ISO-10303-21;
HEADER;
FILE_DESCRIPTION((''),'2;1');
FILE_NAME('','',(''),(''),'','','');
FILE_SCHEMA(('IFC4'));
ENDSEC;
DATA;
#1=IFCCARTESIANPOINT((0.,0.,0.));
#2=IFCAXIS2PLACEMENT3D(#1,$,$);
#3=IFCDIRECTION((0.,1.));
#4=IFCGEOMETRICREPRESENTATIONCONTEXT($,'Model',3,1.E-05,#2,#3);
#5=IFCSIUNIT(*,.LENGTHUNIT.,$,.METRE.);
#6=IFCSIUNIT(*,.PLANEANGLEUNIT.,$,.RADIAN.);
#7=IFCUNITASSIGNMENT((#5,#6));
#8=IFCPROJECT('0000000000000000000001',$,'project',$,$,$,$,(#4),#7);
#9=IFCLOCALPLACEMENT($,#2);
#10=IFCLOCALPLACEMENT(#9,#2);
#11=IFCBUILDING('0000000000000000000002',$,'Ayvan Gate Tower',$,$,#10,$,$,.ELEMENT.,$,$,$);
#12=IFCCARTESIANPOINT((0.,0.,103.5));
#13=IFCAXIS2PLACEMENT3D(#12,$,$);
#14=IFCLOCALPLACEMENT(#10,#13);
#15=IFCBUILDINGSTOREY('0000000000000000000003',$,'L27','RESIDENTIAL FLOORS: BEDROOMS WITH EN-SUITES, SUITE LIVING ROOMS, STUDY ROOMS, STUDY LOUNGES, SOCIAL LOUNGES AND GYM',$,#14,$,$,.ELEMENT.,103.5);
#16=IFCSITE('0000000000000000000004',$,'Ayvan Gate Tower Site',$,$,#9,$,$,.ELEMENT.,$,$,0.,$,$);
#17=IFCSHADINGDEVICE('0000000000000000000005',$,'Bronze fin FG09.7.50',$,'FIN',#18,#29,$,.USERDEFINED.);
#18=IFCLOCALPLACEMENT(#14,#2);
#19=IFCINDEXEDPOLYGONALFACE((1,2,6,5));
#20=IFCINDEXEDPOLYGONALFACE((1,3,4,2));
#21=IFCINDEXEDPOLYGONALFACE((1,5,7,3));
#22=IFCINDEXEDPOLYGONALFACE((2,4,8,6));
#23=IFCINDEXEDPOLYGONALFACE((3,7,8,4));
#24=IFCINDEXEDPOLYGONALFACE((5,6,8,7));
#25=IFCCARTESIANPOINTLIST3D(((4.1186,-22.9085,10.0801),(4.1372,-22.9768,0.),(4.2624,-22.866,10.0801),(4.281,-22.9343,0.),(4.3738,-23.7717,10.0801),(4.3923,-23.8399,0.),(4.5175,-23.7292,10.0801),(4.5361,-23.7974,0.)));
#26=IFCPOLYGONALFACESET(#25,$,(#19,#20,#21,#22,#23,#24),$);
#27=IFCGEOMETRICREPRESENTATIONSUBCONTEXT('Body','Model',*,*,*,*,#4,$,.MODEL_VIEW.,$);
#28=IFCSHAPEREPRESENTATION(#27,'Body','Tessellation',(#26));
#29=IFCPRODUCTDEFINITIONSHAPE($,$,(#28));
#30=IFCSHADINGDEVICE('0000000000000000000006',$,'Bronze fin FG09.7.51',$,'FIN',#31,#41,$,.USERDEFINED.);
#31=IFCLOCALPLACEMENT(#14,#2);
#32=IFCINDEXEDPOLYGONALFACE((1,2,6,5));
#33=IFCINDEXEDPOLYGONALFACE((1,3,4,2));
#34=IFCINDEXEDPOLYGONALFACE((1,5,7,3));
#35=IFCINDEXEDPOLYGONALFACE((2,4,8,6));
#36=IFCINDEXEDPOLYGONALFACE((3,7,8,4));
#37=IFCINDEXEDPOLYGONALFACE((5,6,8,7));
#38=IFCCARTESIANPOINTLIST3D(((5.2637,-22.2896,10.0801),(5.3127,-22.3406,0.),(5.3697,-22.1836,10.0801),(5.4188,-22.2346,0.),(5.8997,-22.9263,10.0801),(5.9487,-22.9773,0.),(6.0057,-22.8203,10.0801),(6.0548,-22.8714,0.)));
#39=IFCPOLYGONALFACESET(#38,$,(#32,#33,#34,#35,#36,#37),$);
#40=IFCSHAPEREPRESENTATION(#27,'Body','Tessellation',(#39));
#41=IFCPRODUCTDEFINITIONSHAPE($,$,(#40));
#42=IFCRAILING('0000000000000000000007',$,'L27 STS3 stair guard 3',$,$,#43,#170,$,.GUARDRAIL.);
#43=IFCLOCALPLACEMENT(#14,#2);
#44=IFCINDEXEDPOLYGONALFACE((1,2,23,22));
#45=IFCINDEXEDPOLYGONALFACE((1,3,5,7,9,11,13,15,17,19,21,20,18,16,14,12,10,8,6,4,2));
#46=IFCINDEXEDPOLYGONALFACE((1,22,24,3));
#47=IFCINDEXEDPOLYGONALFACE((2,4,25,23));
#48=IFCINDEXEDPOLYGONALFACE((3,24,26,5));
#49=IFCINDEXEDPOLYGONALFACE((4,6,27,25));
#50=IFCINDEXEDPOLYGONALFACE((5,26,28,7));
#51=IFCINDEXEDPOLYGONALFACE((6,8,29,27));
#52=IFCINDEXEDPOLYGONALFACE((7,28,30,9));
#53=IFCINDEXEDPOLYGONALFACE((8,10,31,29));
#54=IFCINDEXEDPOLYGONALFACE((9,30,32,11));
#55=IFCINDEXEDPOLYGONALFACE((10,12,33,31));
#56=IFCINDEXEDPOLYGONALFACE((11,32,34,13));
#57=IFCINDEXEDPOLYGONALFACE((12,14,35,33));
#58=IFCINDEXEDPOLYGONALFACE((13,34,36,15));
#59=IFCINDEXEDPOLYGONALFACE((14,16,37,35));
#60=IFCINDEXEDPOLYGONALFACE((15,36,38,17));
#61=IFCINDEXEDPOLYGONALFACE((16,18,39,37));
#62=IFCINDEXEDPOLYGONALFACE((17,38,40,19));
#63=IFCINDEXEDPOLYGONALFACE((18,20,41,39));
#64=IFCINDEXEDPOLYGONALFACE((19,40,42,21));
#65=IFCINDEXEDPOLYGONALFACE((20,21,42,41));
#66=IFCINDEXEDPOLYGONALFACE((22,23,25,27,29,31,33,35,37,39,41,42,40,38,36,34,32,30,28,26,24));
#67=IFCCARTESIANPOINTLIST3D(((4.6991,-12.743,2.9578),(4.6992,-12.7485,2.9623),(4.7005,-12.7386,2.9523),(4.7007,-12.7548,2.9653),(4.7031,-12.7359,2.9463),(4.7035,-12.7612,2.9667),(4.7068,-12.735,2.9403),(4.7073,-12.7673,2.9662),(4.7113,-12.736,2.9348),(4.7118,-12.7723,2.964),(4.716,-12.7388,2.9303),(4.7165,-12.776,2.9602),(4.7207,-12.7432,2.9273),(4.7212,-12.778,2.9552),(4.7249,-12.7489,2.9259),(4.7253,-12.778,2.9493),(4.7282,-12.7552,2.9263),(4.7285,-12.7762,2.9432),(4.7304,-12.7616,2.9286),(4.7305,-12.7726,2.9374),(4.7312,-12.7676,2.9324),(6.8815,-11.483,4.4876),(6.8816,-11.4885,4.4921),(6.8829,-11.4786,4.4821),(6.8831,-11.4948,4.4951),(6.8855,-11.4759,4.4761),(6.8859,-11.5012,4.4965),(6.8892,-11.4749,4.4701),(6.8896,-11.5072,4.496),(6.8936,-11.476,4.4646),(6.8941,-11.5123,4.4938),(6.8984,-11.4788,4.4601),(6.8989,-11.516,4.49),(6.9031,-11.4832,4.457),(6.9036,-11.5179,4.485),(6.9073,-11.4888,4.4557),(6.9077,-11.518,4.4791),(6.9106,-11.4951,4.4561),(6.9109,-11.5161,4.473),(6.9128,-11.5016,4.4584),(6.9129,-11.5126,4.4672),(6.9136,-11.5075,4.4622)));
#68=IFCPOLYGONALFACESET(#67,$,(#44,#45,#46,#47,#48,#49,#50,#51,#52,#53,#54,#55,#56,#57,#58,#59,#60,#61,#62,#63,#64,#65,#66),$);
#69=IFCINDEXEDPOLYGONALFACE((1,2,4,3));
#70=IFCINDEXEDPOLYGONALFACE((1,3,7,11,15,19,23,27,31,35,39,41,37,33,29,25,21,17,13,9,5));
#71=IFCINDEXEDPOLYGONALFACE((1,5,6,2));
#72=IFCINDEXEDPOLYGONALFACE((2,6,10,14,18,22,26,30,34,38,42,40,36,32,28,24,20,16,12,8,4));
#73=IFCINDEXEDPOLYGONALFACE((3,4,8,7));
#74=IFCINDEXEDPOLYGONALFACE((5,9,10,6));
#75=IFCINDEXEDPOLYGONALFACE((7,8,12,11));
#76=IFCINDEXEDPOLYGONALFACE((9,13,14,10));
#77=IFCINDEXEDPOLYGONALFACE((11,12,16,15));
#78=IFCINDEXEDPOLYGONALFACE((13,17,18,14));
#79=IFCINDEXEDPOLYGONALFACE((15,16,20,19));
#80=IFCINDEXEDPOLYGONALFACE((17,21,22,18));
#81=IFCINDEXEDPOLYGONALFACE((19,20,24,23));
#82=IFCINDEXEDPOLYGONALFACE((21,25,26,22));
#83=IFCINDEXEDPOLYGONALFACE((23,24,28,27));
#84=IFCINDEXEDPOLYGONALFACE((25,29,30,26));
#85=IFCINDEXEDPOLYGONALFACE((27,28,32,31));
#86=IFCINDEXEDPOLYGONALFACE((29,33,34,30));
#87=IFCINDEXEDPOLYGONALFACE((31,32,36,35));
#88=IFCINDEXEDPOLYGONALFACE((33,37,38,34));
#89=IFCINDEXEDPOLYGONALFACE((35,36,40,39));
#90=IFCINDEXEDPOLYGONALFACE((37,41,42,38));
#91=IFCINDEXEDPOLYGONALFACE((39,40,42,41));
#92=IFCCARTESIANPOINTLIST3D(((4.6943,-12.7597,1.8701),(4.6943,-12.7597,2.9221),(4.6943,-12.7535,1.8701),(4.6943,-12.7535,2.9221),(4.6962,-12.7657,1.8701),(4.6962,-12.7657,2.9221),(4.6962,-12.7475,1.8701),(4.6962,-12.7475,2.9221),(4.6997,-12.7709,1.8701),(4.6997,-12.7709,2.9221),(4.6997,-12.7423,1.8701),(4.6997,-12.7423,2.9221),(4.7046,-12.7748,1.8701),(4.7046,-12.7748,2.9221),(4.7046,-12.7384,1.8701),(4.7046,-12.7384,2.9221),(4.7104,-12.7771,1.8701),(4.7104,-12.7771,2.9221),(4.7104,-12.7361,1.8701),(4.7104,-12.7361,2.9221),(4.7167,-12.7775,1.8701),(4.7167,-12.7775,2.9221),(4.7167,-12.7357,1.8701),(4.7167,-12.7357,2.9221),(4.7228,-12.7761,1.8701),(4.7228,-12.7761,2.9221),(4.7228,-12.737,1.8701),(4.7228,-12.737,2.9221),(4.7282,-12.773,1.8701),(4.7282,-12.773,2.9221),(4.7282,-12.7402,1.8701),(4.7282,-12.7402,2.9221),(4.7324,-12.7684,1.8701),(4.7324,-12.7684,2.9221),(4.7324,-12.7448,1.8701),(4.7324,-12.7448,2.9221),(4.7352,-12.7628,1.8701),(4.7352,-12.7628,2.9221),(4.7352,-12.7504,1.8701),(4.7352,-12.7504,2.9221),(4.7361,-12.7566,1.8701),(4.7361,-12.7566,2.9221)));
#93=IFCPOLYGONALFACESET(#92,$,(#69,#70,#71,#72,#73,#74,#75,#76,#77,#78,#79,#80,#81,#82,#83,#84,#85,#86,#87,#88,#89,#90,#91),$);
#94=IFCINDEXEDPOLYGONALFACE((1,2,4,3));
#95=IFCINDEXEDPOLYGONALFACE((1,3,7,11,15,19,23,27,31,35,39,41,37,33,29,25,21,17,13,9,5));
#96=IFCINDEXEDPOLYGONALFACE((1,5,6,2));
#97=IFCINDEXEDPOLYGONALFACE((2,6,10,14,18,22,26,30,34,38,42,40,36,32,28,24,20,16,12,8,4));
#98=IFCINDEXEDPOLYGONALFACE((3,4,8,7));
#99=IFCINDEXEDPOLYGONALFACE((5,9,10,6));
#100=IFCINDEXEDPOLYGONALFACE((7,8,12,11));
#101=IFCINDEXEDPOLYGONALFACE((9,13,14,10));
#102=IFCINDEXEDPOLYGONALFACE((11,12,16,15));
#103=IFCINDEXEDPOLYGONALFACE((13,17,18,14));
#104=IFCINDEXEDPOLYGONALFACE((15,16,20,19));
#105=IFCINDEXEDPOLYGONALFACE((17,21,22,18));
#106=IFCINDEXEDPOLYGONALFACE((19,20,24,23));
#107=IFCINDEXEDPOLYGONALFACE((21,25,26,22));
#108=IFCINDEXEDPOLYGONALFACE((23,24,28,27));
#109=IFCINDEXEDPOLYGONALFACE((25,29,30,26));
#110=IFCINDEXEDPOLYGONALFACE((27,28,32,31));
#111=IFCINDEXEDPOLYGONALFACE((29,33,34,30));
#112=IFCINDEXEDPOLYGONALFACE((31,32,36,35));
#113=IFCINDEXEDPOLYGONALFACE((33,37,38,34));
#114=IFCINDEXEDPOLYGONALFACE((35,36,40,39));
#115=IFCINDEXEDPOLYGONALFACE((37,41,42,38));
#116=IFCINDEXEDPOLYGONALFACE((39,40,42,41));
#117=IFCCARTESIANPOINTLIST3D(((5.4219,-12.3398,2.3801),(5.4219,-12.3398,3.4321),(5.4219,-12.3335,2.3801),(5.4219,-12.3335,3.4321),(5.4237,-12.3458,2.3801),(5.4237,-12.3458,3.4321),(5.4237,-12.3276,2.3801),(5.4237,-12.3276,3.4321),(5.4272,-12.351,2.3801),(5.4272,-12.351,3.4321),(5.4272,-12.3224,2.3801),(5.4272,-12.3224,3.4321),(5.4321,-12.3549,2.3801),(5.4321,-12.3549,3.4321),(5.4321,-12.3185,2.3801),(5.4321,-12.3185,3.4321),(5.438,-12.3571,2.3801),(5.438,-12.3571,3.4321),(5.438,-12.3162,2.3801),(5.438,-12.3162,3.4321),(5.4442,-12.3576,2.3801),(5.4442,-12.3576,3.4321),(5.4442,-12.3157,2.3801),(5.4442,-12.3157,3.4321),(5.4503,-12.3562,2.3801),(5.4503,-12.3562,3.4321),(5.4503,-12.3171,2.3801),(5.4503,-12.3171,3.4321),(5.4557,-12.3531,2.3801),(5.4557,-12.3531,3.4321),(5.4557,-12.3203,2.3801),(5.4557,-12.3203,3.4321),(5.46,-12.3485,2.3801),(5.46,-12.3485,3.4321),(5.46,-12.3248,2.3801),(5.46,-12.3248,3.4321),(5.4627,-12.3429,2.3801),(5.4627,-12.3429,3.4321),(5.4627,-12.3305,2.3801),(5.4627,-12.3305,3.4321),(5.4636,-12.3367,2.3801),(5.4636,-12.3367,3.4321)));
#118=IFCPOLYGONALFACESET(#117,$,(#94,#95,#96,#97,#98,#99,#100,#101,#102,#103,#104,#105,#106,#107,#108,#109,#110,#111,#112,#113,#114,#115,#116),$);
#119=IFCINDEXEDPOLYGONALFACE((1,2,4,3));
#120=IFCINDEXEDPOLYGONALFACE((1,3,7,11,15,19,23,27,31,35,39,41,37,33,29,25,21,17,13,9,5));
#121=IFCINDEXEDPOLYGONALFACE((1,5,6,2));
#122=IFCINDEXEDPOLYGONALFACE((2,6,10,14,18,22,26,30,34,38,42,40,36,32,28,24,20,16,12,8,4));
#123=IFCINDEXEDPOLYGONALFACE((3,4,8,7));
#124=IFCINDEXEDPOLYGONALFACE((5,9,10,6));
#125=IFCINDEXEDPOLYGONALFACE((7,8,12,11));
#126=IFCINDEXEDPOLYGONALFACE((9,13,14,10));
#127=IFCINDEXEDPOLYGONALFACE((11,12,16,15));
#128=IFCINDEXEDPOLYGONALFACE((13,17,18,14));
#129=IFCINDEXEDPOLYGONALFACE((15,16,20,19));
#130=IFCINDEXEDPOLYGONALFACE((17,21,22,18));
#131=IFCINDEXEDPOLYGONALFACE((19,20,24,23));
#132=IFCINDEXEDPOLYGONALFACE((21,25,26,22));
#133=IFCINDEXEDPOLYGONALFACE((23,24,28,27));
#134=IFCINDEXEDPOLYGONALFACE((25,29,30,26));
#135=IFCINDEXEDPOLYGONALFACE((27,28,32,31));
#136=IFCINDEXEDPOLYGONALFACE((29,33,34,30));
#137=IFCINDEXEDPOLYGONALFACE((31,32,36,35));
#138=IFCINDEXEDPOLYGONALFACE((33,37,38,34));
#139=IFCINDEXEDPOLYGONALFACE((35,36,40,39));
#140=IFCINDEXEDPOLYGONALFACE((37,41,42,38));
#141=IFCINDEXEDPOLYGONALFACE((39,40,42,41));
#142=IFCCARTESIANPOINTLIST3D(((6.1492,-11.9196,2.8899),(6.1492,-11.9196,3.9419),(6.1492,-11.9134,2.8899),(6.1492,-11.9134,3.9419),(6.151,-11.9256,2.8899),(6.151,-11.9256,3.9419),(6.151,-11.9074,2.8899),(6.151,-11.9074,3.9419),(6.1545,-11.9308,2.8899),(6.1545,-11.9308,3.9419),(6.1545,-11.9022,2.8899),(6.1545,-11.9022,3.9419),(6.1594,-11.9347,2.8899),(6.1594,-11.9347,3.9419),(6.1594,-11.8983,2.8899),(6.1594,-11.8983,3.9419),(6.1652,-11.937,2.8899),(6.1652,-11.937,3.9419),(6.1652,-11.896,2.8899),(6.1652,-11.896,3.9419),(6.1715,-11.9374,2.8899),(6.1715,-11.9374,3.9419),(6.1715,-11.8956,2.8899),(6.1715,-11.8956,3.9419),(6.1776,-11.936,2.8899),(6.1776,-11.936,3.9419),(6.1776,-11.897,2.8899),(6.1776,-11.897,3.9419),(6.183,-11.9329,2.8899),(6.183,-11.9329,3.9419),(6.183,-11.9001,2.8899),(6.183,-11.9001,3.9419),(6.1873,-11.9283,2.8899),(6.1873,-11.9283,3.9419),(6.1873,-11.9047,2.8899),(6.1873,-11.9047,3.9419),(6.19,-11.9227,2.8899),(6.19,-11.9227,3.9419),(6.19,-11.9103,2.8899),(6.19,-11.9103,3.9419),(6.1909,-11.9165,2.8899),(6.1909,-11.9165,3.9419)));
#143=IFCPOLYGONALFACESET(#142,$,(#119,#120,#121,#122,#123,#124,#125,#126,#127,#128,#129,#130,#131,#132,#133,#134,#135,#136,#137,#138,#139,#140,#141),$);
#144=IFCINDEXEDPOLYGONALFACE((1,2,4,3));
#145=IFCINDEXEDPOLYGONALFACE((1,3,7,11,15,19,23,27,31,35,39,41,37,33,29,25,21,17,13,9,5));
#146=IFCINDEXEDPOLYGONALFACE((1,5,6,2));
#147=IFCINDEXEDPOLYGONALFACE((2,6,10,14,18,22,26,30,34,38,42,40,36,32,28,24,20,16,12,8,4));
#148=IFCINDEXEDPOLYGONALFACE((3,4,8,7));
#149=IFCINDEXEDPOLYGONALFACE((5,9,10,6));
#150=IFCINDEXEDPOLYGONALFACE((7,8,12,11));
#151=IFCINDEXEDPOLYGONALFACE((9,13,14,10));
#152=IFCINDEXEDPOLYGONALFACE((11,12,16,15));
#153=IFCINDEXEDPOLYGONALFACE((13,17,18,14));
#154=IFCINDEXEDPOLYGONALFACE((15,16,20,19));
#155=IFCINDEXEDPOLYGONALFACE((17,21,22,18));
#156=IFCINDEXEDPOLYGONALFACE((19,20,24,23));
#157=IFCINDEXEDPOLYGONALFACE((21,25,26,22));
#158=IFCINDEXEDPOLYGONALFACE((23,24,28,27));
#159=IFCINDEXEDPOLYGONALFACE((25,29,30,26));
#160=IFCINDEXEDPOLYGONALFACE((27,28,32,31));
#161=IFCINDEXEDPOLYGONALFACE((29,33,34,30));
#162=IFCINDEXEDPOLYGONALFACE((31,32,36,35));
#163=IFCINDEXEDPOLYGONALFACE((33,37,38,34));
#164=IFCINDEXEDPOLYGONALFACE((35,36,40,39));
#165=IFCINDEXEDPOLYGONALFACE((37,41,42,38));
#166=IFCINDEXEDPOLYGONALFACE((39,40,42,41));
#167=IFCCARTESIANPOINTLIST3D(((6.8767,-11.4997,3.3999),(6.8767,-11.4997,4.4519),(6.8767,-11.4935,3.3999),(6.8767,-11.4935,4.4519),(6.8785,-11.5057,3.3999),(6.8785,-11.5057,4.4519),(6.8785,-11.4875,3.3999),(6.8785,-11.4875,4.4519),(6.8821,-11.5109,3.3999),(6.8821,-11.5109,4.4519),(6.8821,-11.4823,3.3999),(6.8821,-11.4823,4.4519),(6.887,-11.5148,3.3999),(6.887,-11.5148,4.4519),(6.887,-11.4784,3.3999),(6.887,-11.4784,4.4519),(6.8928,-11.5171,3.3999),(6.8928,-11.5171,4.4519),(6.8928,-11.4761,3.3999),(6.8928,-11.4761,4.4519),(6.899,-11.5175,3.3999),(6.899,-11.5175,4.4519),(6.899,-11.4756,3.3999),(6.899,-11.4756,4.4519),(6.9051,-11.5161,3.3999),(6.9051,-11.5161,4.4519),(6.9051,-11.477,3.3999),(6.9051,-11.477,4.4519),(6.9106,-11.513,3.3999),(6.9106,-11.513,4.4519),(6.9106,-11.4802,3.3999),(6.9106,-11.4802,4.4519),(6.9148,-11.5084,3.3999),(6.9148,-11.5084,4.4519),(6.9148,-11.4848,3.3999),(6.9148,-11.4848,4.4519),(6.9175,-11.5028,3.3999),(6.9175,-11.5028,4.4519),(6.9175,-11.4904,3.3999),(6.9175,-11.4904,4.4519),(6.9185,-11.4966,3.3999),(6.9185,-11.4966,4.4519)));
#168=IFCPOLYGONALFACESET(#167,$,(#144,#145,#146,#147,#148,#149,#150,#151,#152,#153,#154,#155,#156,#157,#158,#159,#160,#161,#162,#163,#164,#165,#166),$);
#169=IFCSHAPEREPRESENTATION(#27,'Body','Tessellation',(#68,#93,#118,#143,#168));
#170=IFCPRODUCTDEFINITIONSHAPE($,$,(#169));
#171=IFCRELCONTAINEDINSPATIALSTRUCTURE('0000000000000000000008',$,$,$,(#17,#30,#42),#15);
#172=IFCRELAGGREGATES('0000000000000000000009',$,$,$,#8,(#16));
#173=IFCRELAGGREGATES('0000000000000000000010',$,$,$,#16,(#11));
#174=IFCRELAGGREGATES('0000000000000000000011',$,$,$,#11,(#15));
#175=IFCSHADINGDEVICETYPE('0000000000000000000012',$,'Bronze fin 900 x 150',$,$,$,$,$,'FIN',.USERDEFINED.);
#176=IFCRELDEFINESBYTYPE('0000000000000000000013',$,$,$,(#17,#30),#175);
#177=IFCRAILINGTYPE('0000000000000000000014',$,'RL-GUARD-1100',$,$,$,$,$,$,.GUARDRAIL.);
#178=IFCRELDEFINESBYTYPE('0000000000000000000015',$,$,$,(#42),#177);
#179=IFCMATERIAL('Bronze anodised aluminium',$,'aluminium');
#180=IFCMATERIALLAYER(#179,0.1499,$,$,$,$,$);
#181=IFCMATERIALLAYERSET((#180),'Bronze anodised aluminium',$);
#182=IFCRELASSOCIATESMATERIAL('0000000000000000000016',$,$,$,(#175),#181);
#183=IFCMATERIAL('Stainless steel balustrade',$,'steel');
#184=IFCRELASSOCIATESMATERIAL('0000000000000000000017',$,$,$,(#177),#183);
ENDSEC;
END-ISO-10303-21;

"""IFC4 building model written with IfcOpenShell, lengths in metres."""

from ifc_helpers import new_model, si_unit, direction, frame, origin, origin_2d, place, context, subcontext, project, spatial, polyline, circle, outline, extrude, material, layer, layer_set, type_object, element, save


model = new_model("IFC4")

# Units and contexts
model_context = context("Model", 3, precision=1e-05, world=origin(), true_north=direction((0.0, 1.0)))
body_context = subcontext(model_context, "Body", "Model", "MODEL_VIEW")
ifc_project = project(units=[si_unit("LENGTHUNIT", "METRE"), si_unit("PLANEANGLEUNIT", "RADIAN")], contexts=[model_context])

# Site, building, storey
site_placement = place(None, origin())
site = spatial("IfcSite", under=ifc_project, at=site_placement, Name="Ayvan Gate Tower Site", CompositionType="ELEMENT", RefElevation=0.0)
building_placement = place(site_placement, origin())
building = spatial("IfcBuilding", under=site, at=building_placement, Name="Ayvan Gate Tower", CompositionType="ELEMENT")
storey_placement = place(building_placement, frame((0.0, 0.0, 103.5)))
storey = spatial("IfcBuildingStorey", under=building, at=storey_placement, Name="L27", Description="RESIDENTIAL FLOORS: BEDROOMS WITH EN-SUITES, SUITE LIVING ROOMS, STUDY ROOMS, STUDY LOUNGES, SOCIAL LOUNGES AND GYM", CompositionType="ELEMENT", Elevation=103.5)

# Shared definitions
ifc_material_1 = material(Name="Bronze anodised aluminium", Category="aluminium")

# Shading devices
ifc_layer_1 = layer(ifc_material_1, 0.1499)
ifc_layer_set_1 = layer_set([ifc_layer_1], Name="Bronze anodised aluminium")
shading_device_type = type_object("IfcShadingDeviceType", Name="Bronze fin 900 x 150", ElementType="FIN", PredefinedType="USERDEFINED", material=ifc_layer_set_1)
shading_device_1_placement = place(storey_placement, frame((4.1372, -22.9768, 0.0), z_axis=(-0.958987, -0.283451, 0.000154), x_axis=(0.283451, -0.958987, 0.0)))
element("IfcShadingDevice", 1, at=shading_device_1_placement, inside=storey, type_object=shading_device_type, Name="Bronze fin FG09.7.50", ObjectType="FIN", PredefinedType="USERDEFINED", context=body_context, shape_type="SweptSolid", body=[
    extrude(outline(polyline([(0.0, 0.0), (0.9, 0.0), (0.8294, 10.0801), (-0.0708, 10.0801), (0.0, 0.0)])), origin(), (0.0, 0.0, -1.0), 0.1499),
])
shading_device_2_placement = place(storey_placement, frame((5.3127, -22.3406, 0.0), z_axis=(-0.707514, -0.7067, 0.000133), x_axis=(0.7067, -0.707514, 0.0)))
element("IfcShadingDevice", 2, at=shading_device_2_placement, inside=storey, type_object=shading_device_type, Name="Bronze fin FG09.7.51", ObjectType="FIN", PredefinedType="USERDEFINED", context=body_context, shape_type="SweptSolid", body=[
    extrude(outline(polyline([(0.0, 0.0), (0.8999, 0.0), (0.8292, 10.0801), (-0.0708, 10.0801), (0.0, 0.0)])), origin(), (0.0, 0.0, -1.0), 0.1499),
])

# Railing
ifc_material_2 = material(Name="Stainless steel balustrade", Category="steel")
railing_type_1 = type_object("IfcRailingType", Name="RL-GUARD-1100", PredefinedType="GUARDRAIL", material=ifc_material_2)
railing_1_placement = place(storey_placement, frame((4.7151, -12.7566, 1.8701)))
element("IfcRailing", 3, at=railing_1_placement, inside=storey, type_object=railing_type_1, Name="L27 STS3 stair guard 3", PredefinedType="GUARDRAIL", context=body_context, shape_type="SweptSolid", body=[
    extrude(circle(Radius=0.0239, at=origin_2d()), frame((0.0, 0.0, 1.0762), z_axis=(0.740293, 0.427414, 0.518926), x_axis=(-0.500005, 0.866023, 0.0)), (0.0, 0.0, 1.0), 2.948),
    extrude(circle(Radius=0.021, at=origin_2d()), origin(), (0.0, 0.0, 1.0), 1.052),
    extrude(circle(Radius=0.021, at=origin_2d()), frame((0.7275, 0.4199, 0.51)), (0.0, 0.0, 1.0), 1.052),
    extrude(circle(Radius=0.021, at=origin_2d()), frame((1.4548, 0.8401, 1.0198)), (0.0, 0.0, 1.0), 1.052),
    extrude(circle(Radius=0.021, at=origin_2d()), frame((2.1824, 1.26, 1.5298)), (0.0, 0.0, 1.0), 1.052),
])

save(model, "model.ifc")
